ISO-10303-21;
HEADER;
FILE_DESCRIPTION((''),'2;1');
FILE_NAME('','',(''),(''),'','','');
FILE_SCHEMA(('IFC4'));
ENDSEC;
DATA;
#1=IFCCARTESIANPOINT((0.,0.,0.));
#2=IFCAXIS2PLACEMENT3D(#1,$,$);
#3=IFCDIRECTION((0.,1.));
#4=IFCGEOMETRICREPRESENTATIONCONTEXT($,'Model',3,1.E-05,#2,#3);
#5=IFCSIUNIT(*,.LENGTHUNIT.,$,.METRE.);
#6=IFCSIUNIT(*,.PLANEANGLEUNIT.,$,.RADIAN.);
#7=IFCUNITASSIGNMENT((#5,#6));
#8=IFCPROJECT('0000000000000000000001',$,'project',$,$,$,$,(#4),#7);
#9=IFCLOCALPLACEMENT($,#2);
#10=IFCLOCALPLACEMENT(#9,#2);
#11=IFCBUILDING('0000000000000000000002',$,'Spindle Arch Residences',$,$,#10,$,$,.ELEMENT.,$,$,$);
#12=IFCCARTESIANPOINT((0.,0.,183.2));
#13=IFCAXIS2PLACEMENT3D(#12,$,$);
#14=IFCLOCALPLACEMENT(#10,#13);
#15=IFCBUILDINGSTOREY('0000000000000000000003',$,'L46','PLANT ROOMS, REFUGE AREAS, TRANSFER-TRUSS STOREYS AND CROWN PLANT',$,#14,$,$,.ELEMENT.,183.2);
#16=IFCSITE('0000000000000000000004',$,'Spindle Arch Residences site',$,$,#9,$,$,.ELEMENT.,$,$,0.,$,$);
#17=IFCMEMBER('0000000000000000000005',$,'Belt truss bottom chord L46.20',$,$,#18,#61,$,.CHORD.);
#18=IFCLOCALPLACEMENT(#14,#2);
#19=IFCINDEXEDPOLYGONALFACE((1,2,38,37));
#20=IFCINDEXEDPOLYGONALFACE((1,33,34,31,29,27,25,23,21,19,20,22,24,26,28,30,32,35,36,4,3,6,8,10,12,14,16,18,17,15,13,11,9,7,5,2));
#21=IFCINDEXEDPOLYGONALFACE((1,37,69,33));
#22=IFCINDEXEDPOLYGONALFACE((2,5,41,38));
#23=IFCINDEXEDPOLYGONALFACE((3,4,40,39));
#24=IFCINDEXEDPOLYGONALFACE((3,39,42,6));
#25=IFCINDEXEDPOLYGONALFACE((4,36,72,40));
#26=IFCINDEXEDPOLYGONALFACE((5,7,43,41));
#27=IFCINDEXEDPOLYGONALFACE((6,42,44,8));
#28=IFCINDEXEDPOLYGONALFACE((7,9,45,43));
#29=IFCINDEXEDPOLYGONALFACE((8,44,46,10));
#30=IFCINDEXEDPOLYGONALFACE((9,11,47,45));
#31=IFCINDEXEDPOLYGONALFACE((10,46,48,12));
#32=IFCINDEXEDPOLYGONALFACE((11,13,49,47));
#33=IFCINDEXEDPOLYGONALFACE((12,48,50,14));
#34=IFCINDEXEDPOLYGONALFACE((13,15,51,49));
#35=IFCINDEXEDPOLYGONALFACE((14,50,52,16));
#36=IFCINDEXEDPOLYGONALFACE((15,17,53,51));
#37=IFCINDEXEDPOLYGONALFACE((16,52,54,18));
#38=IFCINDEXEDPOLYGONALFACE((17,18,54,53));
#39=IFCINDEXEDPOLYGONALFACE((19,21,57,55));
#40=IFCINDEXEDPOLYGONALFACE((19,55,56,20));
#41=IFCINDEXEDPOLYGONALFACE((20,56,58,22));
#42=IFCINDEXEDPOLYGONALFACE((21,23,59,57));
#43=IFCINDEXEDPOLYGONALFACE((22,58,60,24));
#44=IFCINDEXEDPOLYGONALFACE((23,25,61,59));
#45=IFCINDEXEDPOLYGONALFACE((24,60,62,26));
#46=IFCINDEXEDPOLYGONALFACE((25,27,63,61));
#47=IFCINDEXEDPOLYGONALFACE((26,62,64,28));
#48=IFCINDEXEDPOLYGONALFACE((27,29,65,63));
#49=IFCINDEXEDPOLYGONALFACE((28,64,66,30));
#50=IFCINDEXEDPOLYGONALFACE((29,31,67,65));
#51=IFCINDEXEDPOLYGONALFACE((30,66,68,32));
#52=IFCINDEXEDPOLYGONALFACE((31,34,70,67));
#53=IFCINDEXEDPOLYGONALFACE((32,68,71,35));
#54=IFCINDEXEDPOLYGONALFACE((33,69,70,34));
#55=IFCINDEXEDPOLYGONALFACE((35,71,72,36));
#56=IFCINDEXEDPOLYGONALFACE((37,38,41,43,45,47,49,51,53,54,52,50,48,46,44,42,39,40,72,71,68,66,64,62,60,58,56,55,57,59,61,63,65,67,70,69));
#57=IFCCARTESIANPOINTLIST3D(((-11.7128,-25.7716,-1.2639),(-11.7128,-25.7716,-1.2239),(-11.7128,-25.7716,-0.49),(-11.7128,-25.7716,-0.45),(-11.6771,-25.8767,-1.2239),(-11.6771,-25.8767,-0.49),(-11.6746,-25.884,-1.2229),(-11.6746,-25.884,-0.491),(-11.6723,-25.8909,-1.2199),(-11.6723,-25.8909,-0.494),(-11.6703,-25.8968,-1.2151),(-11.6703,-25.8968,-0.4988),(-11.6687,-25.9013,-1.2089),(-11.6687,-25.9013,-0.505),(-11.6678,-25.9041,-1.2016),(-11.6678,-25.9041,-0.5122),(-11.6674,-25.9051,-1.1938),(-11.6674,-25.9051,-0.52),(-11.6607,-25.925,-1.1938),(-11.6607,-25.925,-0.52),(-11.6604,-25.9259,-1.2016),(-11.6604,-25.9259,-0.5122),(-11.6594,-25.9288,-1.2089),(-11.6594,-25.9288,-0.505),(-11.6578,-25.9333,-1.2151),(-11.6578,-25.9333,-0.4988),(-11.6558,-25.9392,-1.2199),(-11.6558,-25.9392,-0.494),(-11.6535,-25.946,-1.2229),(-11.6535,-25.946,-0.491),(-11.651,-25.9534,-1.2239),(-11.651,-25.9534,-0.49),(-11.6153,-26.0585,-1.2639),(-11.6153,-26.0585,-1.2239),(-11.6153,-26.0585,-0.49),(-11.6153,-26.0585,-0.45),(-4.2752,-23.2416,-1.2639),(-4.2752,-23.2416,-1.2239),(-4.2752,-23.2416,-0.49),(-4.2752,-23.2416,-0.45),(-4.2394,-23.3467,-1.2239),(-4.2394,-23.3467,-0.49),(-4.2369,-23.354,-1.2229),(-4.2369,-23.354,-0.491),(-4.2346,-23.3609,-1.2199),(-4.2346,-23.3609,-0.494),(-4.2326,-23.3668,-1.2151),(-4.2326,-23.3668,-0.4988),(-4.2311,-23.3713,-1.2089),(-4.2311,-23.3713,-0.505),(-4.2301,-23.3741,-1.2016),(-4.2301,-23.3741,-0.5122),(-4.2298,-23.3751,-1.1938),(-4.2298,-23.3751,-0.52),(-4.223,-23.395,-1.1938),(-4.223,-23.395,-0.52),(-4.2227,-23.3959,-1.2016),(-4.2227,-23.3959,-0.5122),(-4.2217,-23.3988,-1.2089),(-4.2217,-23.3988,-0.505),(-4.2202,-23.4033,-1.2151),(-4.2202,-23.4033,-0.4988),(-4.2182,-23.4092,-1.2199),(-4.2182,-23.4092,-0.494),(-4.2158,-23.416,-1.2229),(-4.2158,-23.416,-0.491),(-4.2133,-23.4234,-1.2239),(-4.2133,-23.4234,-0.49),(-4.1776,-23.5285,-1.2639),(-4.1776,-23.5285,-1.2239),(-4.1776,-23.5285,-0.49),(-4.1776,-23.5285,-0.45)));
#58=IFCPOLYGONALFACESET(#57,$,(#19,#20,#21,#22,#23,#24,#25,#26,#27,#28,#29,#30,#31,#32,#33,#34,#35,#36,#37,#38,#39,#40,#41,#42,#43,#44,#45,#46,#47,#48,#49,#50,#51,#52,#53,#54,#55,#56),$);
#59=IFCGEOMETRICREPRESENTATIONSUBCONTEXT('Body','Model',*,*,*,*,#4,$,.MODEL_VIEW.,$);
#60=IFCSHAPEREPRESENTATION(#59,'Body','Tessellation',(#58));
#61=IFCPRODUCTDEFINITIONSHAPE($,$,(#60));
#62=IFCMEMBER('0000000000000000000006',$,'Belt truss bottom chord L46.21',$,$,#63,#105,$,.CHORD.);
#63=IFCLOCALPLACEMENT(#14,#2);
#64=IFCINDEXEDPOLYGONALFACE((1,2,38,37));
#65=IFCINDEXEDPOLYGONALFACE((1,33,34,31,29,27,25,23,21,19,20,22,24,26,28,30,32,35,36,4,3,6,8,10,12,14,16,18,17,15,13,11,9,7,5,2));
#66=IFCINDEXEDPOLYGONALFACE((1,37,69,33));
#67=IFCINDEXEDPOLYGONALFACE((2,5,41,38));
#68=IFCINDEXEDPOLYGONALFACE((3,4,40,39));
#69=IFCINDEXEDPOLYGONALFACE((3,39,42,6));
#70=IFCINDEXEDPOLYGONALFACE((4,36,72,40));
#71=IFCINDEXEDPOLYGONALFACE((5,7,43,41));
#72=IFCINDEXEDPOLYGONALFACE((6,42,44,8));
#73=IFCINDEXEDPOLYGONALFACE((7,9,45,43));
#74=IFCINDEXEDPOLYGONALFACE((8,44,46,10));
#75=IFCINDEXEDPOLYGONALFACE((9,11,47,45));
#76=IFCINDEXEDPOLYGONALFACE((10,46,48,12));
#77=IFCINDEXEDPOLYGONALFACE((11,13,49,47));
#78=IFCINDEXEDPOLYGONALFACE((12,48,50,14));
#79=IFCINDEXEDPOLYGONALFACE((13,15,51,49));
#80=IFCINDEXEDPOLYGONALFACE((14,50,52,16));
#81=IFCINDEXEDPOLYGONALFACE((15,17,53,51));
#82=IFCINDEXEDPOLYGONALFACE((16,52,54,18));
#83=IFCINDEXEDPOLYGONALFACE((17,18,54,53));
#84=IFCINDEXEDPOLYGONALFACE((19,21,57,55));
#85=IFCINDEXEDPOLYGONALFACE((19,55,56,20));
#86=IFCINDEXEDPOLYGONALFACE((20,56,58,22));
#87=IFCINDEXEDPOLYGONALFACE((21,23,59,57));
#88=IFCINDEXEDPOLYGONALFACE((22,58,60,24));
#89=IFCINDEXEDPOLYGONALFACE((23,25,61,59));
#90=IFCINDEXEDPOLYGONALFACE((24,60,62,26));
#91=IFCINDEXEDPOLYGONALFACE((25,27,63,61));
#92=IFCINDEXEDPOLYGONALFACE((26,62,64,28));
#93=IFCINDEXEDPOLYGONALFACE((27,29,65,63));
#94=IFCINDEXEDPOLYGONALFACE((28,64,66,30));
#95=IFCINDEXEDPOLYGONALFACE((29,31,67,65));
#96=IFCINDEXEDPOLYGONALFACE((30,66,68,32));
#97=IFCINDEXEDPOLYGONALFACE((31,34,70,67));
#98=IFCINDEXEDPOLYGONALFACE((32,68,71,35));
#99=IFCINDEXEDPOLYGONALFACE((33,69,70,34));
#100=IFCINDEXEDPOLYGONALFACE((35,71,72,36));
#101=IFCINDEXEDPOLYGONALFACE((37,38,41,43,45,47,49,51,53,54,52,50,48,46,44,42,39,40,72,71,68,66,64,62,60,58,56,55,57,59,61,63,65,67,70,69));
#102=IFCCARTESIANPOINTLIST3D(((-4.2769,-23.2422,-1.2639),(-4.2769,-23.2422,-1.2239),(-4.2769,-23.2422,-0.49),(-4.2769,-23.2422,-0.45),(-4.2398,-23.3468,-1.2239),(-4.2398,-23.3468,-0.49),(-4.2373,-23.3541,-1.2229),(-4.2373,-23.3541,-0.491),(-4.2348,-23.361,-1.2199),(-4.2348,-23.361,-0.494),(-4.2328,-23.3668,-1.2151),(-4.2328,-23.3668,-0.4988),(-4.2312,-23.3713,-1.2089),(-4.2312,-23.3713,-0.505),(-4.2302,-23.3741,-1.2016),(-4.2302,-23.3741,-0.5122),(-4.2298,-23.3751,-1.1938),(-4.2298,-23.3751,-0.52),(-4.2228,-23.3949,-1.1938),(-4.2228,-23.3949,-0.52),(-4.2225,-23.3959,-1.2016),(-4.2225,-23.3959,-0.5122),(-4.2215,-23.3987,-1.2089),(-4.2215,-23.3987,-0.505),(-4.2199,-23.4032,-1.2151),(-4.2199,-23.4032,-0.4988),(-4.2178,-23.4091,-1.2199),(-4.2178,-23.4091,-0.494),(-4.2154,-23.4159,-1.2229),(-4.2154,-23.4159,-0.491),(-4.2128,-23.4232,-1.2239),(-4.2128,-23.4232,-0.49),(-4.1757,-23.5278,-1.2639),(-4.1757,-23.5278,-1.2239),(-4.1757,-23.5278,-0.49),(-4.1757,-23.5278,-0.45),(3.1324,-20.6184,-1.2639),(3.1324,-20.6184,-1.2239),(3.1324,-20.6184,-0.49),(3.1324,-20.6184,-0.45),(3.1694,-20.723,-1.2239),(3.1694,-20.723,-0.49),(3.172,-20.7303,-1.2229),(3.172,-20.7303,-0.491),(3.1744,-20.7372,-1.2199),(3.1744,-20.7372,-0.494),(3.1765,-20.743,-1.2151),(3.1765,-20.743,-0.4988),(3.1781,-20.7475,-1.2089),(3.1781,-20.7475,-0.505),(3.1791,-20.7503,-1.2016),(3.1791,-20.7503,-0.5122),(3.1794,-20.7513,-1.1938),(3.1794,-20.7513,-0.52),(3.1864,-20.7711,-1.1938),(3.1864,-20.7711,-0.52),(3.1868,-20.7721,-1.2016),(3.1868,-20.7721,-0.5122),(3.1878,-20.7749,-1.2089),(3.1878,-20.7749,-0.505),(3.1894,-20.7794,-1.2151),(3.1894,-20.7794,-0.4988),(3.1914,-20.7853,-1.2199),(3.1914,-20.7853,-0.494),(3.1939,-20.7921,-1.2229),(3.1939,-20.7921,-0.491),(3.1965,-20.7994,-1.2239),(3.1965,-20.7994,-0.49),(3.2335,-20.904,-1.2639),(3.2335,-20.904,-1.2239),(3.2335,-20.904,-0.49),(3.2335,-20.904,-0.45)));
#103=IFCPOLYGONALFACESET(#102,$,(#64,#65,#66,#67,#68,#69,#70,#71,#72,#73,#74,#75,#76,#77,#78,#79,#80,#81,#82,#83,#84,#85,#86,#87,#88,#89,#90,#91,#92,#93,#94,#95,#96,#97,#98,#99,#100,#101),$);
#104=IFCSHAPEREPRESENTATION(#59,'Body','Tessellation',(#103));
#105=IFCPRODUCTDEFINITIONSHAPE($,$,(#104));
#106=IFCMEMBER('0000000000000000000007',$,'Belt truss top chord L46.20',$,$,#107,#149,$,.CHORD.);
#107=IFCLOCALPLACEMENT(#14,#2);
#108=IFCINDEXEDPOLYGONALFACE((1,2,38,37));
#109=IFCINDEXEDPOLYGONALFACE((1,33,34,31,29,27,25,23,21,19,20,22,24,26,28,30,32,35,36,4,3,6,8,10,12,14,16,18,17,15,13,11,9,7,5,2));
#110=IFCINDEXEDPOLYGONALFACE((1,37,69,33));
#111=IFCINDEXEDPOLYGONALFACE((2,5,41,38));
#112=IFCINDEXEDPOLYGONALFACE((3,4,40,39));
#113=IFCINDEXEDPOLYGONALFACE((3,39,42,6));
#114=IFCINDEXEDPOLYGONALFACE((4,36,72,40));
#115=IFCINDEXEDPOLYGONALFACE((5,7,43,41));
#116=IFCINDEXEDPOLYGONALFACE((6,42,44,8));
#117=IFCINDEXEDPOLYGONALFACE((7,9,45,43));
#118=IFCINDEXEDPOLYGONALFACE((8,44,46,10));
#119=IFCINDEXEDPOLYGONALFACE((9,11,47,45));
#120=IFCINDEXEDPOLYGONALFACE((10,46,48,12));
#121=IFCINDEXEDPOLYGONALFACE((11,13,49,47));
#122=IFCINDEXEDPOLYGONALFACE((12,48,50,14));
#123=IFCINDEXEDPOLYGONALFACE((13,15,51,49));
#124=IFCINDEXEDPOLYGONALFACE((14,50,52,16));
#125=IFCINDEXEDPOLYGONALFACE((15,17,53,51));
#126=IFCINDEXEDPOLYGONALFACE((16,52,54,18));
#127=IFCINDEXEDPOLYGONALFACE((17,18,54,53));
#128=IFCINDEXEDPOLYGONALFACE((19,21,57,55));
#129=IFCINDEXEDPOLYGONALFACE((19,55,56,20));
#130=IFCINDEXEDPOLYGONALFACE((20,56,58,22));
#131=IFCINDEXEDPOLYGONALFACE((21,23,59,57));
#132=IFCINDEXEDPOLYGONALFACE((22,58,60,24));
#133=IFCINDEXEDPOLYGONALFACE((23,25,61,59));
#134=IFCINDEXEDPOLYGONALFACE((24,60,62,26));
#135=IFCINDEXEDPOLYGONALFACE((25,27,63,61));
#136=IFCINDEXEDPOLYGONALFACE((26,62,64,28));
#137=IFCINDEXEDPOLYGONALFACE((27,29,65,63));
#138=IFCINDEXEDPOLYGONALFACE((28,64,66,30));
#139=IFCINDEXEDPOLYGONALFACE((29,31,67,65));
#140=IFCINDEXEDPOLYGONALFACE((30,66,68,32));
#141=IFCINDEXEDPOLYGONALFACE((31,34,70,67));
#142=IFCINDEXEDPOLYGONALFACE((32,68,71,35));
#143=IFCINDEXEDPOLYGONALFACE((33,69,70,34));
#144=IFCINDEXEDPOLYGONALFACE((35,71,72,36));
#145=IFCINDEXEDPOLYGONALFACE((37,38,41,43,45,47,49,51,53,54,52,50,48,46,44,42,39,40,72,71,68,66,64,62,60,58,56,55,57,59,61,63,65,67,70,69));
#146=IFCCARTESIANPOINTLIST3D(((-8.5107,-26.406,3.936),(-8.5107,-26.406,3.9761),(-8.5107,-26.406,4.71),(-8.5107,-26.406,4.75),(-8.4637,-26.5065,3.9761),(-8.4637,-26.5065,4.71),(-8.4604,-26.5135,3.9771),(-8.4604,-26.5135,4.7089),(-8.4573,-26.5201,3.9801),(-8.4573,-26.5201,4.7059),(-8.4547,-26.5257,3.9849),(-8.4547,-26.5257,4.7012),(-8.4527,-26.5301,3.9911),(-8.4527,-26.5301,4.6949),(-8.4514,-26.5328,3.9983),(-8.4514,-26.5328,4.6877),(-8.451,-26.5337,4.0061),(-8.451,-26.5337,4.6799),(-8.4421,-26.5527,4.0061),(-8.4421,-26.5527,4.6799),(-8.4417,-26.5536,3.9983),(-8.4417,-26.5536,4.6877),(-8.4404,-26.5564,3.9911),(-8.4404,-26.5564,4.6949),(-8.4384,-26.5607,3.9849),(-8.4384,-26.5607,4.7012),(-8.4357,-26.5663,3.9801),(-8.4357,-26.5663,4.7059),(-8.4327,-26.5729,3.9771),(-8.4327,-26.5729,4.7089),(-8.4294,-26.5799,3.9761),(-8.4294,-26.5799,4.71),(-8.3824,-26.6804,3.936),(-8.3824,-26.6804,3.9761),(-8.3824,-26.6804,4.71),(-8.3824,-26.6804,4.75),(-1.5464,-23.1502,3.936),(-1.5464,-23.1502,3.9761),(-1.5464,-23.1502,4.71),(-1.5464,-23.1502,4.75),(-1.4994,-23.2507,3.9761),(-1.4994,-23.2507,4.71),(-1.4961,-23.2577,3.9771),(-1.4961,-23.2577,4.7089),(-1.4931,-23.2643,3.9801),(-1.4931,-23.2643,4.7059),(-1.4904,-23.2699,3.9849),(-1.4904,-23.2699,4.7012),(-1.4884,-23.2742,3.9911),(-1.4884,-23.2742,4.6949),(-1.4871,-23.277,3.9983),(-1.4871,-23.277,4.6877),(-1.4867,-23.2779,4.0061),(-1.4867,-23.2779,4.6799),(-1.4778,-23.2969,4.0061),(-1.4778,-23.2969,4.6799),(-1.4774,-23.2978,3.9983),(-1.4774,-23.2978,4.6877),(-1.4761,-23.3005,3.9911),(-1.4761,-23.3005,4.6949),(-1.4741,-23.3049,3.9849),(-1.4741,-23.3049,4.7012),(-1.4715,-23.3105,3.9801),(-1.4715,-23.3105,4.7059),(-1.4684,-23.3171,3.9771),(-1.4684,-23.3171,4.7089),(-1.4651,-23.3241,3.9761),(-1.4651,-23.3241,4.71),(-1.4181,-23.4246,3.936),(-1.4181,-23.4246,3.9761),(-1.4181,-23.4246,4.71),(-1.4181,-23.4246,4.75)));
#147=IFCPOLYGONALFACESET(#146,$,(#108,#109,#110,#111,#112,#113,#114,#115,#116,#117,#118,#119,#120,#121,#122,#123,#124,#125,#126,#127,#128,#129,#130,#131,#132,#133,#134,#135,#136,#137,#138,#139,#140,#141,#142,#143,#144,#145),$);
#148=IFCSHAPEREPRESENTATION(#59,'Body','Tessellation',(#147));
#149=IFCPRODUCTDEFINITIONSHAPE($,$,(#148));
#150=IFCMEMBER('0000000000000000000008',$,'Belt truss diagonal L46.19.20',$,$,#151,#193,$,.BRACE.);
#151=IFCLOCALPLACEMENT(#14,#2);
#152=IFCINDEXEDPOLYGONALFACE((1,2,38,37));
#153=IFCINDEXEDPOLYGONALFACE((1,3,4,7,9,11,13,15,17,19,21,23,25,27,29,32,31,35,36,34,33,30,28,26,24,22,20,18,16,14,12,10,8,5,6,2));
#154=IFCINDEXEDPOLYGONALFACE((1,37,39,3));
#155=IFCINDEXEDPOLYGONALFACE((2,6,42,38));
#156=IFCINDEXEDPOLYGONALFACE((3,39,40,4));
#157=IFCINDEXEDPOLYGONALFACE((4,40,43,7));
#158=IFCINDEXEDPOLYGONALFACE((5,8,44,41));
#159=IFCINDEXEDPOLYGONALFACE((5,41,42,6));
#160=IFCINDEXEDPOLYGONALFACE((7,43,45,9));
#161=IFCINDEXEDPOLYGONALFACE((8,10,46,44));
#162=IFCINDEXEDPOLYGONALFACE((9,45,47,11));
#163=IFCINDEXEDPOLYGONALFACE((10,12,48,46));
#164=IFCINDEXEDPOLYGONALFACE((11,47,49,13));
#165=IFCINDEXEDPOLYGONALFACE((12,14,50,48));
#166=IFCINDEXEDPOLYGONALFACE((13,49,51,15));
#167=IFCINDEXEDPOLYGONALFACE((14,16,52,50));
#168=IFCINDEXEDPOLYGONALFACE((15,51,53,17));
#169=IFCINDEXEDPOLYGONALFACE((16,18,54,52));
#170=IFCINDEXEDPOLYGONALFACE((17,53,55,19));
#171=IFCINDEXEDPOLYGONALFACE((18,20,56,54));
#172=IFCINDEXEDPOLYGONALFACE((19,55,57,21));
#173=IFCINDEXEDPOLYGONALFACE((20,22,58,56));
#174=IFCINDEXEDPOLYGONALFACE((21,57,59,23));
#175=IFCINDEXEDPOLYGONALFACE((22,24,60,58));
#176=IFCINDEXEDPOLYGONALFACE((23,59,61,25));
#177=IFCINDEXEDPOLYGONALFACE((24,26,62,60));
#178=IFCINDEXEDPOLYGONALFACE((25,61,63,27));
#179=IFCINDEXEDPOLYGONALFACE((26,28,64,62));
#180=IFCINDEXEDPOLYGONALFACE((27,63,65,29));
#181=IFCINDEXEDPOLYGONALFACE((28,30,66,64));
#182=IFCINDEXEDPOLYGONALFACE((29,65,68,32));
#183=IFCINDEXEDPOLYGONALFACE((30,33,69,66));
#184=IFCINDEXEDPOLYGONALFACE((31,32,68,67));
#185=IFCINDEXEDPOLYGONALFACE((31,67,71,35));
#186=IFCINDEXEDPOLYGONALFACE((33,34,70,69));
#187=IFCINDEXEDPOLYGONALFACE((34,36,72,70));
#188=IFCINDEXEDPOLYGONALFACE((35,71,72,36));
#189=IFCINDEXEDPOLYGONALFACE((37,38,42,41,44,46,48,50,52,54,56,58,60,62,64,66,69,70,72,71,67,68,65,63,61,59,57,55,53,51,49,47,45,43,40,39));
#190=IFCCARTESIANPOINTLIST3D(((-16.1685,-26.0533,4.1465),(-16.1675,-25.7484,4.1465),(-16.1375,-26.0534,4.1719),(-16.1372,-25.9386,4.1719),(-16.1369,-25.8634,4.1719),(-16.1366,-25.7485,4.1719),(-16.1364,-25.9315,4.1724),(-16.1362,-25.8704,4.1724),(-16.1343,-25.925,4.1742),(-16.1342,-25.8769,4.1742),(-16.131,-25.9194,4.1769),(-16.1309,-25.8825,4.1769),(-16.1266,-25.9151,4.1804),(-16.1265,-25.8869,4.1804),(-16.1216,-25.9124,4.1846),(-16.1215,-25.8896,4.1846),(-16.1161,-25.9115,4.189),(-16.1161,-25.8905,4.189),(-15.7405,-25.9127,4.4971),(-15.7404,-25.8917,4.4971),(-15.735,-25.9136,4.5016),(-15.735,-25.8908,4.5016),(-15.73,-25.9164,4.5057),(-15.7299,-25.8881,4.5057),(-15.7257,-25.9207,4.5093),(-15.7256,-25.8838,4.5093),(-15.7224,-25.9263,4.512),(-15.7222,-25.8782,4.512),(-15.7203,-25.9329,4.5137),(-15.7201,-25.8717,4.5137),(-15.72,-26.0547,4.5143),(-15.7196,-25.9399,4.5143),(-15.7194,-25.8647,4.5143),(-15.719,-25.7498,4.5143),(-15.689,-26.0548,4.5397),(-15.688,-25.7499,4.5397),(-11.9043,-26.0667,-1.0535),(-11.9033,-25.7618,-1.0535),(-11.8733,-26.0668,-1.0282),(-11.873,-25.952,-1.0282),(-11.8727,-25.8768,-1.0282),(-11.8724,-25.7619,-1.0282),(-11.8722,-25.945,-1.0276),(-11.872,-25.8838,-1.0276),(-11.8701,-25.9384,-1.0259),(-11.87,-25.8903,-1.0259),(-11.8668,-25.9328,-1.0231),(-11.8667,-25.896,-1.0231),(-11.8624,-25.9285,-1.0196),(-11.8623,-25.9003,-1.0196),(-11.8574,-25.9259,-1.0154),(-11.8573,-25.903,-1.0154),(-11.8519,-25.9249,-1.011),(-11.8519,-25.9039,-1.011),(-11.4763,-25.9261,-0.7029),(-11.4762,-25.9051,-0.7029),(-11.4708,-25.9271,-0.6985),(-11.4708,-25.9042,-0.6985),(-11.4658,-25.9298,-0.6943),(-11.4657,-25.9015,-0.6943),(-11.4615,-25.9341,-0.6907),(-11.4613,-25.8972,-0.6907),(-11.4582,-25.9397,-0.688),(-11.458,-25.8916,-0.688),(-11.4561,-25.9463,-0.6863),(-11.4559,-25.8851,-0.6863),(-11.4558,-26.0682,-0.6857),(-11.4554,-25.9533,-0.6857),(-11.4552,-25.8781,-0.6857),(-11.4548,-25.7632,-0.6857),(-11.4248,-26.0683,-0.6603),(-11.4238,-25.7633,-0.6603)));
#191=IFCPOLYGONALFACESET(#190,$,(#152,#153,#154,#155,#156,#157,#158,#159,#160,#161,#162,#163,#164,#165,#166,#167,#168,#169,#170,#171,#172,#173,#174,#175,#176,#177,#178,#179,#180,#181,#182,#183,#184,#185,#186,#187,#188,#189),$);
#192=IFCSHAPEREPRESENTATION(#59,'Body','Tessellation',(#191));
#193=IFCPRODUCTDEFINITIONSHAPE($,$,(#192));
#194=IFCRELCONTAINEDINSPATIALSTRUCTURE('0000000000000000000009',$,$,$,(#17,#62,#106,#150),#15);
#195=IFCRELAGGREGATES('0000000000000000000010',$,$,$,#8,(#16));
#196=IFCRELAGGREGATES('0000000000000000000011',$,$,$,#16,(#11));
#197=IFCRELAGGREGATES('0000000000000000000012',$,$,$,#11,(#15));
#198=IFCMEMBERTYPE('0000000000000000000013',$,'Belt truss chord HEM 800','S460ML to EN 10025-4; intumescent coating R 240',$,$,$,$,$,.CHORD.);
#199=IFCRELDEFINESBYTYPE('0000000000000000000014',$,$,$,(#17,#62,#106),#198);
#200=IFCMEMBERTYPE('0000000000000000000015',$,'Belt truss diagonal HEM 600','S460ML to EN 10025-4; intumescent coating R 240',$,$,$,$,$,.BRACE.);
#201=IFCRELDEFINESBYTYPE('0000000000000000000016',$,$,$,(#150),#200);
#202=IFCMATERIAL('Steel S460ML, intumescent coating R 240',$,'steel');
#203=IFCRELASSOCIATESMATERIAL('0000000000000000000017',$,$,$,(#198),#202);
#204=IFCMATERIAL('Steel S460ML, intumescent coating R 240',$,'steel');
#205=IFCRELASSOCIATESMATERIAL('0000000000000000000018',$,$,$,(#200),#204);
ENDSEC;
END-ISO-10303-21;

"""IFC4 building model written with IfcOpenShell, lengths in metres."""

from ifc_helpers import new_model, si_unit, direction, frame, origin, origin_2d, place, context, subcontext, project, spatial, i_section, extrude, material, material_profile, profile_set, type_object, element, save


model = new_model("IFC4")

# Units and contexts
model_context = context("Model", 3, precision=1e-05, world=origin(), true_north=direction((0.0, 1.0)))
body_context = subcontext(model_context, "Body", "Model", "MODEL_VIEW")
ifc_project = project(units=[si_unit("LENGTHUNIT", "METRE"), si_unit("PLANEANGLEUNIT", "RADIAN")], contexts=[model_context])

# Site, building, storey
site_placement = place(None, origin())
site = spatial("IfcSite", under=ifc_project, at=site_placement, Name="Spindle Arch Residences site", CompositionType="ELEMENT", RefElevation=0.0)
building_placement = place(site_placement, origin())
building = spatial("IfcBuilding", under=site, at=building_placement, Name="Spindle Arch Residences", CompositionType="ELEMENT")
storey_placement = place(building_placement, frame((0.0, 0.0, 183.2)))
storey = spatial("IfcBuildingStorey", under=building, at=storey_placement, Name="L46", Description="PLANT ROOMS, REFUGE AREAS, TRANSFER-TRUSS STOREYS AND CROWN PLANT", CompositionType="ELEMENT", Elevation=183.2)

# Members
ifc_material_1 = material(Name="Steel S460ML, intumescent coating R 240", Category="steel")
ifc_material_profile_1 = material_profile(ifc_material_1, i_section(OverallWidth=0.303, OverallDepth=0.814, WebThickness=0.021, FlangeThickness=0.04, FilletRadius=0.03, at=origin_2d()), Name="HEM 800")
ifc_profile_set_1 = profile_set([ifc_material_profile_1], Name="Steel S460ML, intumescent coating R 240")
member_type_1 = type_object("IfcMemberType", Name="Belt truss chord HEM 800", Description="S460ML to EN 10025-4; intumescent coating R 240", PredefinedType="CHORD", material=ifc_profile_set_1)
member_1_placement = place(storey_placement, frame((-11.6641, -25.915, -0.8569), z_axis=(0.946726, 0.322039, 0.0), x_axis=(-0.322039, 0.946726, 0.0)))
element("IfcMember", 1, at=member_1_placement, inside=storey, type_object=member_type_1, Name="Belt truss bottom chord L46.20", PredefinedType="CHORD", context=body_context, shape_type="SweptSolid", body=[
    extrude(i_section(OverallWidth=0.303, OverallDepth=0.814, WebThickness=0.021, FlangeThickness=0.04, FilletRadius=0.03, at=origin_2d()), origin(), (0.0, 0.0, 1.0), 7.8562),
])
member_2_placement = place(storey_placement, frame((-4.2263, -23.385, -0.8569), z_axis=(0.942639, 0.333813, 0.0), x_axis=(-0.333813, 0.942639, 0.0)))
element("IfcMember", 2, at=member_2_placement, inside=storey, type_object=member_type_1, Name="Belt truss bottom chord L46.21", PredefinedType="CHORD", context=body_context, shape_type="SweptSolid", body=[
    extrude(i_section(OverallWidth=0.303, OverallDepth=0.814, WebThickness=0.021, FlangeThickness=0.04, FilletRadius=0.03, at=origin_2d()), origin(), (0.0, 0.0, 1.0), 7.8601),
])
member_3_placement = place(storey_placement, frame((-8.4465, -26.5432, 4.343), z_axis=(0.905892, 0.423508, 0.0), x_axis=(-0.423508, 0.905892, 0.0)))
element("IfcMember", 3, at=member_3_placement, inside=storey, type_object=member_type_1, Name="Belt truss top chord L46.20", PredefinedType="CHORD", context=body_context, shape_type="SweptSolid", body=[
    extrude(i_section(OverallWidth=0.303, OverallDepth=0.814, WebThickness=0.021, FlangeThickness=0.04, FilletRadius=0.03, at=origin_2d()), origin(), (0.0, 0.0, 1.0), 7.6877),
])
ifc_material_2 = material(Name="Steel S460ML, intumescent coating R 240", Category="steel")
ifc_material_profile_2 = material_profile(ifc_material_2, i_section(OverallWidth=0.3049, OverallDepth=0.6201, WebThickness=0.021, FlangeThickness=0.04, FilletRadius=0.0271, at=origin_2d()), Name="HEM 600")
ifc_profile_set_2 = profile_set([ifc_material_profile_2], Name="Steel S460ML, intumescent coating R 240")
member_type_2 = type_object("IfcMemberType", Name="Belt truss diagonal HEM 600", Description="S460ML to EN 10025-4; intumescent coating R 240", PredefinedType="BRACE", material=ifc_profile_set_2)
member_4_placement = place(storey_placement, frame((-11.6641, -25.915, -0.8569), z_axis=(-0.634096, 0.001997, 0.773252), x_axis=(-0.003149, -0.999995, 0.0)))
element("IfcMember", 4, at=member_4_placement, inside=storey, type_object=member_type_2, Name="Belt truss diagonal L46.19.20", PredefinedType="BRACE", context=body_context, shape_type="SweptSolid", body=[
    extrude(i_section(OverallWidth=0.3049, OverallDepth=0.6201, WebThickness=0.021, FlangeThickness=0.04, FilletRadius=0.0271, at=origin_2d()), origin(), (0.0, 0.0, 1.0), 6.7249),
])

save(model, "model.ifc")
